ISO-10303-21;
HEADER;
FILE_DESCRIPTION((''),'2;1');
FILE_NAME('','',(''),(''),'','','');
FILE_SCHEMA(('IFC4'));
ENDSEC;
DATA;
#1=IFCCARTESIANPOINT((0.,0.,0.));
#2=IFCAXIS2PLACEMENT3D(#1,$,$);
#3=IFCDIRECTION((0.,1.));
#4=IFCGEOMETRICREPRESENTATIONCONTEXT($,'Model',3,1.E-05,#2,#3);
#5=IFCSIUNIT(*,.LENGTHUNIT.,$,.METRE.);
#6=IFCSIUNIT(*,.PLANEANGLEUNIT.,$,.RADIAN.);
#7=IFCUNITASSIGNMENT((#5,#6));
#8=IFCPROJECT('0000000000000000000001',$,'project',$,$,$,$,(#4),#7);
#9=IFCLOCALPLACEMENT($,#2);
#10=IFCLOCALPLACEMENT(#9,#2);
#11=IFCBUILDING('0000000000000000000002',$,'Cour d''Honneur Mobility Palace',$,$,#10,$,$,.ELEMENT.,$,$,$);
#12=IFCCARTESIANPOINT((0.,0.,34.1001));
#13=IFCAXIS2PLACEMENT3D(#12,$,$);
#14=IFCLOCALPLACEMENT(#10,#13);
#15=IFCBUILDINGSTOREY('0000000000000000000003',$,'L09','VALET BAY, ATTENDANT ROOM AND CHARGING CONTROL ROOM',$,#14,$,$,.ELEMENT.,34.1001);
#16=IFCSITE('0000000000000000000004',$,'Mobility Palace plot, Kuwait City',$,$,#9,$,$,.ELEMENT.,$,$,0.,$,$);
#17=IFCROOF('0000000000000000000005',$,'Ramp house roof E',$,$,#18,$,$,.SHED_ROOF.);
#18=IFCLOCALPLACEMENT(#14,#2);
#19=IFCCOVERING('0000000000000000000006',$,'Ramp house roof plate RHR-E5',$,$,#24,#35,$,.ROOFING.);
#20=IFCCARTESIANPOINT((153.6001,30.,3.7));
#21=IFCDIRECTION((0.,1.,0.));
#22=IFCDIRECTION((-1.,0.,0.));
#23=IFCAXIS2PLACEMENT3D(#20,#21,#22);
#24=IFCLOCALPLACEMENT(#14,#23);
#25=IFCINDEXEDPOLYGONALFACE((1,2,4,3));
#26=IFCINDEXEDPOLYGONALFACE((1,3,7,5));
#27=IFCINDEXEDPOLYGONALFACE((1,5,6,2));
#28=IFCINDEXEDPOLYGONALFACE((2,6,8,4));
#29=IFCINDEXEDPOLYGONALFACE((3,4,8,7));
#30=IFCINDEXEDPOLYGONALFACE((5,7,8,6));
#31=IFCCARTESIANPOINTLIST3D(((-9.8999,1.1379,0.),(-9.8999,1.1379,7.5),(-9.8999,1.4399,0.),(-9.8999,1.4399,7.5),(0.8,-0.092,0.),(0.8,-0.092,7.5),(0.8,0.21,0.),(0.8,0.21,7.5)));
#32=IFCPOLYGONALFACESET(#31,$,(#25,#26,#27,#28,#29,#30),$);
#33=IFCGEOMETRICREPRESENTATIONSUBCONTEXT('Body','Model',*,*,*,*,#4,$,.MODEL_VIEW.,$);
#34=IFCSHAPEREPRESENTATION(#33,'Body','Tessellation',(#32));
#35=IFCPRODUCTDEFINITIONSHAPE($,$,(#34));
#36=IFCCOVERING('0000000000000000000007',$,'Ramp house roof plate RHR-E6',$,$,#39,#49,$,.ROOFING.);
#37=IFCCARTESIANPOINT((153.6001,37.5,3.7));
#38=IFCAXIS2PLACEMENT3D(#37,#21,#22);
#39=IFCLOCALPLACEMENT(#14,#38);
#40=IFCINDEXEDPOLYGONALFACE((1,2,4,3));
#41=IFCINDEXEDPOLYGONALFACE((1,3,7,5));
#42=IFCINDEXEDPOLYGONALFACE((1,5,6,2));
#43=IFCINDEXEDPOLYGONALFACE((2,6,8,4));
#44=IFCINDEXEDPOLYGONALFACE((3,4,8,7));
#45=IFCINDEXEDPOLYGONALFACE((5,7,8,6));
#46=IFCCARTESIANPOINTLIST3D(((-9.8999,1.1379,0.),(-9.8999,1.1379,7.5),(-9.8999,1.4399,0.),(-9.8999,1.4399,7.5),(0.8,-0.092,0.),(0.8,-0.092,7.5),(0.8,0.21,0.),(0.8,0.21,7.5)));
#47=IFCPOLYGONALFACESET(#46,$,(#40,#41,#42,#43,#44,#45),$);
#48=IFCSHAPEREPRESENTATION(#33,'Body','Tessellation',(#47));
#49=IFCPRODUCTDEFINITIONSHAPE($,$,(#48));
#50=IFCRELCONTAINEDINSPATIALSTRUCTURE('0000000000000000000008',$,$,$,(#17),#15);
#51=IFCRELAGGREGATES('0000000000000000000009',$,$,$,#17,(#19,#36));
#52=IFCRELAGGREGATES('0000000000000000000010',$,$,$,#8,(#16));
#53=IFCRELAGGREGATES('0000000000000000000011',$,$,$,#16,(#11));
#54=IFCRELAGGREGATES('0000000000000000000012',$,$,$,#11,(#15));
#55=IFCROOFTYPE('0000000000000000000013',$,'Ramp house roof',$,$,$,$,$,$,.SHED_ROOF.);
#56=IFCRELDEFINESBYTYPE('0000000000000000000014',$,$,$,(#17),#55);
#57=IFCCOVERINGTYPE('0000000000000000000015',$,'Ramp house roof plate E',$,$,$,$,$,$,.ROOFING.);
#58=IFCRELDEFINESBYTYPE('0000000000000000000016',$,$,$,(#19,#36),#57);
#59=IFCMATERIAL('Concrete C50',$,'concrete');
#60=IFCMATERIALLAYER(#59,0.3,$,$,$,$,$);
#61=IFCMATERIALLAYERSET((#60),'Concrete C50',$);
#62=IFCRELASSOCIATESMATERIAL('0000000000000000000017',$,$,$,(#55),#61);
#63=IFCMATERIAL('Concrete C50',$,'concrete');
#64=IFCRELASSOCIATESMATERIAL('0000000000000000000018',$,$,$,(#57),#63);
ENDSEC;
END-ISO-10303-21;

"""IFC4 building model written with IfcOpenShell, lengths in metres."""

from ifc_helpers import new_model, si_unit, direction, frame, origin, place, context, subcontext, project, spatial, polyline, outline, extrude, material, layer, layer_set, material_profile, profile_set, type_object, element, aggregate, save


model = new_model("IFC4")

# Units and contexts
model_context = context("Model", 3, precision=1e-05, world=origin(), true_north=direction((0.0, 1.0)))
body_context = subcontext(model_context, "Body", "Model", "MODEL_VIEW")
ifc_project = project(units=[si_unit("LENGTHUNIT", "METRE"), si_unit("PLANEANGLEUNIT", "RADIAN")], contexts=[model_context])

# Site, building, storey
site_placement = place(None, origin())
site = spatial("IfcSite", under=ifc_project, at=site_placement, Name="Mobility Palace plot, Kuwait City", CompositionType="ELEMENT", RefElevation=0.0)
building_placement = place(site_placement, origin())
building = spatial("IfcBuilding", under=site, at=building_placement, Name="Cour d'Honneur Mobility Palace", CompositionType="ELEMENT")
storey_placement = place(building_placement, frame((0.0, 0.0, 34.1001)))
storey = spatial("IfcBuildingStorey", under=building, at=storey_placement, Name="L09", Description="VALET BAY, ATTENDANT ROOM AND CHARGING CONTROL ROOM", CompositionType="ELEMENT", Elevation=34.1001)

# Roof, coverings
ifc_material_1 = material(Name="Concrete C50", Category="concrete")
ifc_layer_1 = layer(ifc_material_1, 0.3)
ifc_layer_set_1 = layer_set([ifc_layer_1], Name="Concrete C50")
roof_type = type_object("IfcRoofType", Name="Ramp house roof", PredefinedType="SHED_ROOF", material=ifc_layer_set_1)
roof_placement = place(storey_placement, origin())
roof = element("IfcRoof", 1, at=roof_placement, inside=storey, type_object=roof_type, Name="Ramp house roof E", PredefinedType="SHED_ROOF")
ifc_material_2 = material(Name="Concrete C50", Category="concrete")
ifc_material_profile_1 = material_profile(ifc_material_2, outline(polyline([(0.8, -0.092), (-9.8999, 1.1379), (-9.8999, 1.4399), (0.8, 0.21), (0.8, -0.092)])), Name="Ramp house roof plate E")
ifc_profile_set_1 = profile_set([ifc_material_profile_1], Name="Concrete C50")
covering_type_1 = type_object("IfcCoveringType", Name="Ramp house roof plate E", PredefinedType="ROOFING", material=ifc_profile_set_1)
covering_1_placement = place(storey_placement, frame((153.6001, 30.0, 3.7), z_axis=(0.0, 1.0, 0.0), x_axis=(-1.0, 0.0, 0.0)))
covering_1 = element("IfcCovering", 2, at=covering_1_placement, type_object=covering_type_1, Name="Ramp house roof plate RHR-E5", PredefinedType="ROOFING", context=body_context, shape_type="SweptSolid", body=[
    extrude(outline(polyline([(0.8, -0.092), (-9.8999, 1.1379), (-9.8999, 1.4399), (0.8, 0.21), (0.8, -0.092)])), origin(), (0.0, 0.0, 1.0), 7.5),
])
covering_2_placement = place(storey_placement, frame((153.6001, 37.5, 3.7), z_axis=(0.0, 1.0, 0.0), x_axis=(-1.0, 0.0, 0.0)))
covering_2 = element("IfcCovering", 3, at=covering_2_placement, type_object=covering_type_1, Name="Ramp house roof plate RHR-E6", PredefinedType="ROOFING", context=body_context, shape_type="SweptSolid", body=[
    extrude(outline(polyline([(0.8, -0.092), (-9.8999, 1.1379), (-9.8999, 1.4399), (0.8, 0.21), (0.8, -0.092)])), origin(), (0.0, 0.0, 1.0), 7.5),
])
aggregate(roof, [covering_1, covering_2])

save(model, "model.ifc")
